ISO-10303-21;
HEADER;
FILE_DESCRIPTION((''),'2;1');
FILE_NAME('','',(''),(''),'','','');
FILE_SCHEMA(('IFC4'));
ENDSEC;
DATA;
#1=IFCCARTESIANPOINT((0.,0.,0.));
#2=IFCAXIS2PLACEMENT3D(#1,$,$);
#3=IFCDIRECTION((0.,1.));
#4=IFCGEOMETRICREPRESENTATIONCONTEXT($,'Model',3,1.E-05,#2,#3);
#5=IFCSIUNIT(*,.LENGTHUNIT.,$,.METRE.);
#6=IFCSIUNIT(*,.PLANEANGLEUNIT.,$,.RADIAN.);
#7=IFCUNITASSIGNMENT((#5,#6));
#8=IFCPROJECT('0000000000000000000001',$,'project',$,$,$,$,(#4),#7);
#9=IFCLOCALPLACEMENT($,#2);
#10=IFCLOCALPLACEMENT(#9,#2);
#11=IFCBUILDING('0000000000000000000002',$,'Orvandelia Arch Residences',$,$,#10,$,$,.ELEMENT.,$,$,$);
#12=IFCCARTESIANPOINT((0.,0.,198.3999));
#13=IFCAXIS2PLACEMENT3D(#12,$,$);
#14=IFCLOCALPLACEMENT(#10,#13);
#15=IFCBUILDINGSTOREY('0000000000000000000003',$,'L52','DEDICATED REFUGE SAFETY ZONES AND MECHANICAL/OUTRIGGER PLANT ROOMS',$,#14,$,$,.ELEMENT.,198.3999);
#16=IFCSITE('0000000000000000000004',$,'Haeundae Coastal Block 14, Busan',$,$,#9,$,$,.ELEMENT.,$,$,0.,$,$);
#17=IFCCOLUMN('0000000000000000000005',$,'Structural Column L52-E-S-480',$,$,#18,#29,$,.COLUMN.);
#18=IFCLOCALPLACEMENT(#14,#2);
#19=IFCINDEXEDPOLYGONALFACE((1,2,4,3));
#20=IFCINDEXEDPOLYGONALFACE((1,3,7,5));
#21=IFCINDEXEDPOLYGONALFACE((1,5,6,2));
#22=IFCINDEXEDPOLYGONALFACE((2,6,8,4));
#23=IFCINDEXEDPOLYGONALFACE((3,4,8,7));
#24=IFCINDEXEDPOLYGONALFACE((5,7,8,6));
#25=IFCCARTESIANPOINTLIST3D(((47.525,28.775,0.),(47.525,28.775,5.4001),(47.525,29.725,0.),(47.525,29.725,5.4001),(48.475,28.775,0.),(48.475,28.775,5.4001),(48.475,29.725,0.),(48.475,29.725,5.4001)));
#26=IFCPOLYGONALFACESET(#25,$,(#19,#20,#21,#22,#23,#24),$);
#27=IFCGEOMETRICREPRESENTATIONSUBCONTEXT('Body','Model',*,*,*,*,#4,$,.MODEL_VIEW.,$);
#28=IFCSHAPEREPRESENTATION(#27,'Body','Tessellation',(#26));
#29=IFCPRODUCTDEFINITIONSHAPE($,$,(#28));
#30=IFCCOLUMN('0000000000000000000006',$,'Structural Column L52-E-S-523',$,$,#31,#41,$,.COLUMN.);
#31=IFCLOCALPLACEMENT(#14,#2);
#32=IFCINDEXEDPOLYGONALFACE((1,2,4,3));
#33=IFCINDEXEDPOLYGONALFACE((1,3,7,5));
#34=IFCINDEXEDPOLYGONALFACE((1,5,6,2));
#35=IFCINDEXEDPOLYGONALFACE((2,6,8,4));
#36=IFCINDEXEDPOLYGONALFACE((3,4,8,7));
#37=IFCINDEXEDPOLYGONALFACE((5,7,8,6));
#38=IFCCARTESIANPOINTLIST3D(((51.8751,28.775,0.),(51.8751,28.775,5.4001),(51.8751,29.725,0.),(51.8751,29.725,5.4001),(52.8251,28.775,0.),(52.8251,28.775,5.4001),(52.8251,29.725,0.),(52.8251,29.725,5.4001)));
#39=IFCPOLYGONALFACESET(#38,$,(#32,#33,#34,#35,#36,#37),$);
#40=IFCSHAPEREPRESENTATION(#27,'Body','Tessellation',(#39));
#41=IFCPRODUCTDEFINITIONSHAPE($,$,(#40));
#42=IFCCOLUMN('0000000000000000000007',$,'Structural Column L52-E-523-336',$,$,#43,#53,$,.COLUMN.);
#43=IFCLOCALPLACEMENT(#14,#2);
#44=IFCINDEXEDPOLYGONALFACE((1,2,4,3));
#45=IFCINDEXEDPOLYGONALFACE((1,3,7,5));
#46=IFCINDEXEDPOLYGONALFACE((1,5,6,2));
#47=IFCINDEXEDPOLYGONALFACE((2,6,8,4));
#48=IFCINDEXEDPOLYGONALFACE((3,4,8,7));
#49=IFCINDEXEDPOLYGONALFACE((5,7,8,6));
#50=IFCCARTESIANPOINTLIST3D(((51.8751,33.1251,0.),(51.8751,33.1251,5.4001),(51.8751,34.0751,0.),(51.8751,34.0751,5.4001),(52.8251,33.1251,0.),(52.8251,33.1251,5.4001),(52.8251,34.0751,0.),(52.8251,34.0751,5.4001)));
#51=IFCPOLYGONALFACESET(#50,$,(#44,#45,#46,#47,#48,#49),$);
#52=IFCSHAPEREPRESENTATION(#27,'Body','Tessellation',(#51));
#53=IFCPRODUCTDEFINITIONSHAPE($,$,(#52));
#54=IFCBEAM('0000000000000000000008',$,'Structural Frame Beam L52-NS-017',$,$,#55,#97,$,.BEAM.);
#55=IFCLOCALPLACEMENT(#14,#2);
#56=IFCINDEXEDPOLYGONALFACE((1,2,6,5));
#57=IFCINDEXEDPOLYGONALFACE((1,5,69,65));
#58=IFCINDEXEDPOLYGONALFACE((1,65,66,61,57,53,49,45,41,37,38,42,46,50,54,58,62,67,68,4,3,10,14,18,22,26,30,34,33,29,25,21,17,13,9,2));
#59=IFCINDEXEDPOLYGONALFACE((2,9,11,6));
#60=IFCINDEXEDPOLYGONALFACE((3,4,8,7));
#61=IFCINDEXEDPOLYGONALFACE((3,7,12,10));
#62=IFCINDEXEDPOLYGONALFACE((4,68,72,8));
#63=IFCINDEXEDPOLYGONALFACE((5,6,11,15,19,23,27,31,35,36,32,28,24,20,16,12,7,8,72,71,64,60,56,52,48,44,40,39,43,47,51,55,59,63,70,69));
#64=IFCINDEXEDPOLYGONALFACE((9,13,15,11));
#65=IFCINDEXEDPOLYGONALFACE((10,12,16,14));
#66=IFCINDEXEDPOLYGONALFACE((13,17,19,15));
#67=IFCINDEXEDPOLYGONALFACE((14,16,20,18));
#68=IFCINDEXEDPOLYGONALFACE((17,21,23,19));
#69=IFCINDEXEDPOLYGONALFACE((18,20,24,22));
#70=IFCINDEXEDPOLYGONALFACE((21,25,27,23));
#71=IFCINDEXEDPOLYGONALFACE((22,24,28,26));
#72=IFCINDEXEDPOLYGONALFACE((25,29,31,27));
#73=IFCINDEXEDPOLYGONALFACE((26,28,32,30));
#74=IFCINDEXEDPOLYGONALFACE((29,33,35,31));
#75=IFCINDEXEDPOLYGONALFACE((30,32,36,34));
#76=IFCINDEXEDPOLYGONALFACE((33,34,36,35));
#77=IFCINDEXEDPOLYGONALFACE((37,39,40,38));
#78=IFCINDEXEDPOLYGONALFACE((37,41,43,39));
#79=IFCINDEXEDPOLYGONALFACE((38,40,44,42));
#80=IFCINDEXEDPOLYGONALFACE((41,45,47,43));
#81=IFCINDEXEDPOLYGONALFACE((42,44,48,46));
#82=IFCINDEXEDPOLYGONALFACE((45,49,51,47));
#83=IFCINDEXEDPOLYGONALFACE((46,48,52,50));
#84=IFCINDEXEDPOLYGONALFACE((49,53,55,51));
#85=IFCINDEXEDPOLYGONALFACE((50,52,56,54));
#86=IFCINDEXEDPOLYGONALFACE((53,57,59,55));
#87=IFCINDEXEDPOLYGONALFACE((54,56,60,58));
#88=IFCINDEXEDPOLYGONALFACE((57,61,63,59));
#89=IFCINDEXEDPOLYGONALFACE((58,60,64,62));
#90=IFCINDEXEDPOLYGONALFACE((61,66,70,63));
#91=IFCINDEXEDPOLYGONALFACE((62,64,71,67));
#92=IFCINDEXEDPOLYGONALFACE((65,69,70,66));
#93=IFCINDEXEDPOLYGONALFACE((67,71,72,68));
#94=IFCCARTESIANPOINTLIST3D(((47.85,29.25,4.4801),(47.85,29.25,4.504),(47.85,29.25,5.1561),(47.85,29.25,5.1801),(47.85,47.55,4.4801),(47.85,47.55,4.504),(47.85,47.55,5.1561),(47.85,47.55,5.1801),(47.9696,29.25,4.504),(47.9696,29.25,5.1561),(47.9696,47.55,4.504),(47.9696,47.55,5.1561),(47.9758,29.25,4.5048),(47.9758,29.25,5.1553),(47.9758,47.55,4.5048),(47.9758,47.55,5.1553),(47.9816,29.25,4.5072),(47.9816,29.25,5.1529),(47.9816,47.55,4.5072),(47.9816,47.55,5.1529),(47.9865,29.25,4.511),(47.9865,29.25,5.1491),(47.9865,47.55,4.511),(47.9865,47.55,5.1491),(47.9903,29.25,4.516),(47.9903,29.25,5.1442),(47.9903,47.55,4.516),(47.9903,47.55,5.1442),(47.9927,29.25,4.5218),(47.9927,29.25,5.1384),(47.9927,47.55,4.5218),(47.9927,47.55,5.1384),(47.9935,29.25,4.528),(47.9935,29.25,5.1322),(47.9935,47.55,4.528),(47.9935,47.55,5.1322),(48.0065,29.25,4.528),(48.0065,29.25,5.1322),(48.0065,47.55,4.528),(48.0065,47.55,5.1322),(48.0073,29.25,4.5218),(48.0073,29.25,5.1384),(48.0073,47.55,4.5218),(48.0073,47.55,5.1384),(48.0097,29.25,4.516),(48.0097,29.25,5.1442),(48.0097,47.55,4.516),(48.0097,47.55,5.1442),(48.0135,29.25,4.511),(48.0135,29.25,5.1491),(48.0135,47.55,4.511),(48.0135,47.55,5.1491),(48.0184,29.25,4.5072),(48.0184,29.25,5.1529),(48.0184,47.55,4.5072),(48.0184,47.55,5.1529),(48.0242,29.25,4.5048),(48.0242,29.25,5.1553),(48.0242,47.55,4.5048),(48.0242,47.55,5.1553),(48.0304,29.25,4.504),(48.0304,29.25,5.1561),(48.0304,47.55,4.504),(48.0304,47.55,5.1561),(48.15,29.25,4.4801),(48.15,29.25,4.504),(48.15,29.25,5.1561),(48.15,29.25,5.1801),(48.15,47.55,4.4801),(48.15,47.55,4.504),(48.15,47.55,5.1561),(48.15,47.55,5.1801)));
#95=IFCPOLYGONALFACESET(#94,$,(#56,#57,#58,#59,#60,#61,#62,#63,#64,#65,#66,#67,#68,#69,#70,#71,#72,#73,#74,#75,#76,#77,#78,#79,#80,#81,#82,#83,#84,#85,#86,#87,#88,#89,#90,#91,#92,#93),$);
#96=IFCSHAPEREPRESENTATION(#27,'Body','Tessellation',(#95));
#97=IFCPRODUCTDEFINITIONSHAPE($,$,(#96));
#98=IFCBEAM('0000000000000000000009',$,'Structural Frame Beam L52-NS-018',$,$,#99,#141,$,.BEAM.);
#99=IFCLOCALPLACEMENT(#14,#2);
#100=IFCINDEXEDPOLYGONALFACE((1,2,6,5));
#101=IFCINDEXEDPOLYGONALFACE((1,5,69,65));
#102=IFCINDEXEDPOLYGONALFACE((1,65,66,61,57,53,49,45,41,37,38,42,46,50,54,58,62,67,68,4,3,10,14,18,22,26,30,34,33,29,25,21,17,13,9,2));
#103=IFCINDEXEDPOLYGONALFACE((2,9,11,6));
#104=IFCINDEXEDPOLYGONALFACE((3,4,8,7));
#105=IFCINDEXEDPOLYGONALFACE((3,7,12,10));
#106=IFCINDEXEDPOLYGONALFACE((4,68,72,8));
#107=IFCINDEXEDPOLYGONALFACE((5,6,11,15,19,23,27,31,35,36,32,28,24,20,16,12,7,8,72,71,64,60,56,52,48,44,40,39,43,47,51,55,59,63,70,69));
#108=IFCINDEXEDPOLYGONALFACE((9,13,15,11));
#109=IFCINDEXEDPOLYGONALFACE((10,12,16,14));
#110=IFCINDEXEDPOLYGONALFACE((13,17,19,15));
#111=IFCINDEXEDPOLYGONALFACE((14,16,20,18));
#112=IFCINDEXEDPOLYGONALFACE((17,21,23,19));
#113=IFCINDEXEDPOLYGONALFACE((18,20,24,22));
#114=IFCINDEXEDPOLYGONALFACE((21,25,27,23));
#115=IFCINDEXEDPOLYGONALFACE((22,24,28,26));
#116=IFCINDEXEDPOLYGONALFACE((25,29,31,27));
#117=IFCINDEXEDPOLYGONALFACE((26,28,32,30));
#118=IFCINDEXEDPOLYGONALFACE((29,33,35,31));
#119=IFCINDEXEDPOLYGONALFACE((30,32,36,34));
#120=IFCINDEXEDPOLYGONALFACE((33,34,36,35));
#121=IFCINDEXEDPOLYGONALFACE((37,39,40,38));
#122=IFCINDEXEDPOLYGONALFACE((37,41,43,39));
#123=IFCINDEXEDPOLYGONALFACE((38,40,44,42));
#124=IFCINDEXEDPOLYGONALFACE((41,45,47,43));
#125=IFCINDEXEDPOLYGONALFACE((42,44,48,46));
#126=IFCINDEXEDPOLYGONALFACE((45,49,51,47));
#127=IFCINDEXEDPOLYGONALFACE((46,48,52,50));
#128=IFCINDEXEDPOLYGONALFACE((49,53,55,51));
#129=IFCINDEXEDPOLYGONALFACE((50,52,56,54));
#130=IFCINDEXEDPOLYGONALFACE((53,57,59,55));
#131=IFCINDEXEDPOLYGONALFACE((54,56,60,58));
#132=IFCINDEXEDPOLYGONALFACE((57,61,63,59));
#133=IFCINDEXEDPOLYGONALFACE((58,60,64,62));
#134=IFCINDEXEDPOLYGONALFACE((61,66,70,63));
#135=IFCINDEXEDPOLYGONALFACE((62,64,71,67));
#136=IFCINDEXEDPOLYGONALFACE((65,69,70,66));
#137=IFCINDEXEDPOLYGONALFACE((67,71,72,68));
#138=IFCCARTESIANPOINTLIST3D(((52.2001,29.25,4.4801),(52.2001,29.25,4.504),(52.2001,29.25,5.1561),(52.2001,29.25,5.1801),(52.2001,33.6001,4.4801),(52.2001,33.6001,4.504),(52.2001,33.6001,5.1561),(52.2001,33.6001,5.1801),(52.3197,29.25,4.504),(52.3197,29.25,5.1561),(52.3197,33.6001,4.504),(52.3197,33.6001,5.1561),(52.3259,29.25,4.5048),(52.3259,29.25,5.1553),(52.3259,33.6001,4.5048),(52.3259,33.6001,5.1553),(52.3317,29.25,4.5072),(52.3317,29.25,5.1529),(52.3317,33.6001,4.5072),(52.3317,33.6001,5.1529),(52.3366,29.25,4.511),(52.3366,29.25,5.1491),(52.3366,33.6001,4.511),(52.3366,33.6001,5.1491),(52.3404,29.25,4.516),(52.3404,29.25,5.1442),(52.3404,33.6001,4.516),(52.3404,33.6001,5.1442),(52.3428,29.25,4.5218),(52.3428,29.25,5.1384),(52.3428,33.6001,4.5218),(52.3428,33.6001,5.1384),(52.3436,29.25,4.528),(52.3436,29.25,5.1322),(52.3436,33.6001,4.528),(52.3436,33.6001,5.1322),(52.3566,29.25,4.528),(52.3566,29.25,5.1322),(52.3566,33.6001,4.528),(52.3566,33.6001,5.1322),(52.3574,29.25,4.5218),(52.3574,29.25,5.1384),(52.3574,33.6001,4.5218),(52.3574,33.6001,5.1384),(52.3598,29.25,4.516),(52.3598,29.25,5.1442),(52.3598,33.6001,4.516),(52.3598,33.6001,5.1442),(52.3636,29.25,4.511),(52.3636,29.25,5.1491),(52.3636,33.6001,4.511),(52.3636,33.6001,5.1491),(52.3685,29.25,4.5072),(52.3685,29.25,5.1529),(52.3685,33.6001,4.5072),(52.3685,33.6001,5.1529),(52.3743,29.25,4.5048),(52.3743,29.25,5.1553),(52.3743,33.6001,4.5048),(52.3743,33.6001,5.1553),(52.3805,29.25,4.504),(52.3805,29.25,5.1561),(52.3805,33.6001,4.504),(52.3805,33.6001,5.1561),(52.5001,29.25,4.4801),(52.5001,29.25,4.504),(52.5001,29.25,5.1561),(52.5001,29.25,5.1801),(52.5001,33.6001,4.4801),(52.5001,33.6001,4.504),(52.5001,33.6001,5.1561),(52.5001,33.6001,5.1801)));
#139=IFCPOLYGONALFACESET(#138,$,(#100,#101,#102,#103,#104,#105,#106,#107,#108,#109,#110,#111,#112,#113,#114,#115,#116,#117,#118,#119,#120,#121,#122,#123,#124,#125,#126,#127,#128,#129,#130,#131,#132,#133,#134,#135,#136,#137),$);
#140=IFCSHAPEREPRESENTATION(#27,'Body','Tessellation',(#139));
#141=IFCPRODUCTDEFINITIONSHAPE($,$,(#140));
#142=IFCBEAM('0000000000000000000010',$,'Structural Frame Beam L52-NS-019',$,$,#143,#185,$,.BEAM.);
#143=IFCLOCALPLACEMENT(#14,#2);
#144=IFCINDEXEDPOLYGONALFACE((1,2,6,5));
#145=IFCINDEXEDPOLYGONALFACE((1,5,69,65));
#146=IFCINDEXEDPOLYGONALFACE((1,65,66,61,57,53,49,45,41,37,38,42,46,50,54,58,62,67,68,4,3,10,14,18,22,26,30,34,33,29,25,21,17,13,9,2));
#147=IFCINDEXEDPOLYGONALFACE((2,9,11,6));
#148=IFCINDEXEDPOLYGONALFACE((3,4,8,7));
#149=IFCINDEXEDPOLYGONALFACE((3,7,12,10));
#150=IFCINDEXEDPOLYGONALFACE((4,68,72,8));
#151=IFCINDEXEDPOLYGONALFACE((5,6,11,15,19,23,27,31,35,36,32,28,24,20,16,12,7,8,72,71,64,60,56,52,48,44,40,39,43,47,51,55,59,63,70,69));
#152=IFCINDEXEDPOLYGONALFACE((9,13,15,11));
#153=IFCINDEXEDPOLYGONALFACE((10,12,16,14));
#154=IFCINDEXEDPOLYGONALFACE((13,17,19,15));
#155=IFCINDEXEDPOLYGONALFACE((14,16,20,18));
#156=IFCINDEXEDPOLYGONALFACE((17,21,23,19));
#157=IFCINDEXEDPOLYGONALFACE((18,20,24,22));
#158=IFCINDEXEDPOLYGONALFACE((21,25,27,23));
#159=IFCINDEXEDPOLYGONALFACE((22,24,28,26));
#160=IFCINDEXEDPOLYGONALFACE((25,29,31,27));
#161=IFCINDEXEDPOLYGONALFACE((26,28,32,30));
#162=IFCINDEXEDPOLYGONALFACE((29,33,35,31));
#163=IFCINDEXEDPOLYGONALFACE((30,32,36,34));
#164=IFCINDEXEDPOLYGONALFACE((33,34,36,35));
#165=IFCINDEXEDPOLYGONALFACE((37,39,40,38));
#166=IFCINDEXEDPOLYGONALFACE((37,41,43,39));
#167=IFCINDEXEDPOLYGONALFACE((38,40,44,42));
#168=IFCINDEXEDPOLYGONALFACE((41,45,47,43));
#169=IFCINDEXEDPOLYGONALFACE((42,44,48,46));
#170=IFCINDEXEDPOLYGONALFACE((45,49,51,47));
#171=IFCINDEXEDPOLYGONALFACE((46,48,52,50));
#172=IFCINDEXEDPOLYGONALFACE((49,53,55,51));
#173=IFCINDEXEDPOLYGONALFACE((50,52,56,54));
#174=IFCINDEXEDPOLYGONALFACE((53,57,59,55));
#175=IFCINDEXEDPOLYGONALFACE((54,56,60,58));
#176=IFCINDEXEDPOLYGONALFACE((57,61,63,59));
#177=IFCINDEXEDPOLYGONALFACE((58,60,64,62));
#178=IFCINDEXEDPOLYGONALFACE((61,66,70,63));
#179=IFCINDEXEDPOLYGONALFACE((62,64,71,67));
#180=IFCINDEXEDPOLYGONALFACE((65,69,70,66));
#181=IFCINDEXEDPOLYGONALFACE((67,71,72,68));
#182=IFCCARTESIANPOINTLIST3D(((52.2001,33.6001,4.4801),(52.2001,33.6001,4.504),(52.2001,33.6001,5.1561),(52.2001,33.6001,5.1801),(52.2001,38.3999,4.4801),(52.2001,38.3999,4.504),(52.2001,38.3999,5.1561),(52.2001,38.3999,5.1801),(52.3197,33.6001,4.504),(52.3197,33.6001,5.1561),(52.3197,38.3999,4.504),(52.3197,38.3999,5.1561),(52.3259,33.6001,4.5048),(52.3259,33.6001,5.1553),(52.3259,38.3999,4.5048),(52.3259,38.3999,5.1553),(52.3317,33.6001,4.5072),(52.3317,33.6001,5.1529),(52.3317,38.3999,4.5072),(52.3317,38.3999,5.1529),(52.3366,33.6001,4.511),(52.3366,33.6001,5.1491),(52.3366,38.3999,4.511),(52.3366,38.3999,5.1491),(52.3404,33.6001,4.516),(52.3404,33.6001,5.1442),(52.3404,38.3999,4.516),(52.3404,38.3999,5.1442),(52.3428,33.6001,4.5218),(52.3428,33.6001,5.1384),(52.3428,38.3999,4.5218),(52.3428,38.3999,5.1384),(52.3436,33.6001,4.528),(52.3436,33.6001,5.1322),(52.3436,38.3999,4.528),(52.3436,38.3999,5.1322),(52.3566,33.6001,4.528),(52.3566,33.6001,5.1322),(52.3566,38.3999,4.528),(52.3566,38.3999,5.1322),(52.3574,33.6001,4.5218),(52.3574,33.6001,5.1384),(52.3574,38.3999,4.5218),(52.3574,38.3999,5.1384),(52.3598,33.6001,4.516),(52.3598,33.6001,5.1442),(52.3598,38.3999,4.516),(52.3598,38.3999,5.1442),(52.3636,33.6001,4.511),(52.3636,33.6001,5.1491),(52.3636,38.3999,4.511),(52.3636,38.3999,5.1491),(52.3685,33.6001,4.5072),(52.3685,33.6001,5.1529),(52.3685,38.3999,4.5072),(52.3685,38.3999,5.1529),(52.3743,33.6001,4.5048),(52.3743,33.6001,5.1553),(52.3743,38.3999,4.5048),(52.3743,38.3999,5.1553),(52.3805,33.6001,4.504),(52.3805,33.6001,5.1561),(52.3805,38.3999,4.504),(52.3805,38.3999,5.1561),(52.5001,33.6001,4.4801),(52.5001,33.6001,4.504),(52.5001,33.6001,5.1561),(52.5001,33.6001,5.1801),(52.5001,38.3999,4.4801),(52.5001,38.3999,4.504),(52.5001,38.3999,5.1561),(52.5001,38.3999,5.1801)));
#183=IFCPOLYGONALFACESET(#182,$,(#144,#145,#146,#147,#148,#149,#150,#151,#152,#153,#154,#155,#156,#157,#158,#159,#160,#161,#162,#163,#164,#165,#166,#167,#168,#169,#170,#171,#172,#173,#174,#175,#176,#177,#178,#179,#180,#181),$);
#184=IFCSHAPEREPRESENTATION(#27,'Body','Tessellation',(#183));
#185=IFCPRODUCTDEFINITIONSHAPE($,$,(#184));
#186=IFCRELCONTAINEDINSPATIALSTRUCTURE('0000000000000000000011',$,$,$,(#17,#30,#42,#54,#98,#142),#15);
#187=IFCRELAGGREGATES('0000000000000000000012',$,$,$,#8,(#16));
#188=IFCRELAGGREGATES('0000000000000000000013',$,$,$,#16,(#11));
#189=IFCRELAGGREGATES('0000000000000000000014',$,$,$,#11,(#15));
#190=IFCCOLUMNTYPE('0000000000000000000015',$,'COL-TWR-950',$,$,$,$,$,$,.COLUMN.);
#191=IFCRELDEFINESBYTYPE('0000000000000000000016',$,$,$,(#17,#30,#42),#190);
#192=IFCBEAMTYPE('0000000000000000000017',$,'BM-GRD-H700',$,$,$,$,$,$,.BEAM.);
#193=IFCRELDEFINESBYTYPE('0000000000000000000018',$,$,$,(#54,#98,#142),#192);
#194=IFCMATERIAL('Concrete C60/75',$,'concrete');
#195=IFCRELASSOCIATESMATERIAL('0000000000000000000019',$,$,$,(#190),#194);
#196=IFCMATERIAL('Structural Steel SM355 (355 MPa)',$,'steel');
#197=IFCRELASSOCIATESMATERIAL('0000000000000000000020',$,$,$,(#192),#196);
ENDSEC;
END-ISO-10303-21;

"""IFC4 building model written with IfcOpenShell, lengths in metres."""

from ifc_helpers import new_model, si_unit, direction, frame, origin, origin_2d, place, context, subcontext, project, spatial, rectangle, i_section, extrude, material, material_profile, profile_set, type_object, element, save


model = new_model("IFC4")

# Units and contexts
model_context = context("Model", 3, precision=1e-05, world=origin(), true_north=direction((0.0, 1.0)))
body_context = subcontext(model_context, "Body", "Model", "MODEL_VIEW")
ifc_project = project(units=[si_unit("LENGTHUNIT", "METRE"), si_unit("PLANEANGLEUNIT", "RADIAN")], contexts=[model_context])

# Site, building, storey
site_placement = place(None, origin())
site = spatial("IfcSite", under=ifc_project, at=site_placement, Name="Haeundae Coastal Block 14, Busan", CompositionType="ELEMENT", RefElevation=0.0)
building_placement = place(site_placement, origin())
building = spatial("IfcBuilding", under=site, at=building_placement, Name="Orvandelia Arch Residences", CompositionType="ELEMENT")
storey_placement = place(building_placement, frame((0.0, 0.0, 198.3999)))
storey = spatial("IfcBuildingStorey", under=building, at=storey_placement, Name="L52", Description="DEDICATED REFUGE SAFETY ZONES AND MECHANICAL/OUTRIGGER PLANT ROOMS", CompositionType="ELEMENT", Elevation=198.3999)

# Columns
ifc_material_1 = material(Name="Concrete C60/75", Category="concrete")
ifc_material_profile_1 = material_profile(ifc_material_1, rectangle(XDim=0.95, YDim=0.95, at=origin_2d()), Name="Concrete C60/75", Category="concrete")
ifc_profile_set_1 = profile_set([ifc_material_profile_1], Name="Concrete C60/75")
column_type = type_object("IfcColumnType", Name="COL-TWR-950", PredefinedType="COLUMN", material=ifc_profile_set_1)
for number, where, z_axis, x_axis, name in (
    (1, (48.0, 29.25, 0.0), (0.0, 0.0, 1.0), (1.0, 0.0, 0.0), "Structural Column L52-E-S-480"),
    (2, (52.3501, 29.25, 0.0), (0.0, 0.0, 1.0), (1.0, 0.0, 0.0), "Structural Column L52-E-S-523"),
    (3, (52.3501, 33.6001, 0.0), (0.0, 0.0, 1.0), (1.0, 0.0, 0.0), "Structural Column L52-E-523-336"),
):
    element("IfcColumn", number, at=place(storey_placement, frame(where, z_axis=z_axis, x_axis=x_axis)), inside=storey, type_object=column_type, Name=name, PredefinedType="COLUMN", context=body_context, shape_type="SweptSolid", body=[
        extrude(rectangle(XDim=0.95, YDim=0.95, at=origin_2d()), origin(), (0.0, 0.0, 1.0), 5.4001),
    ])

# Beams
ifc_material_2 = material(Name="Structural Steel SM355 (355 MPa)", Category="steel")
ifc_material_profile_2 = material_profile(ifc_material_2, i_section(OverallWidth=0.3, OverallDepth=0.7, WebThickness=0.0129, FlangeThickness=0.0239, FilletRadius=0.0239, at=origin_2d()), Name="Structural Steel SM355 (355 MPa)", Category="steel")
ifc_profile_set_2 = profile_set([ifc_material_profile_2], Name="Structural Steel SM355 (355 MPa)")
beam_type = type_object("IfcBeamType", Name="BM-GRD-H700", PredefinedType="BEAM", material=ifc_profile_set_2)
beam_1_placement = place(storey_placement, frame((48.0, 29.25, 4.8301), z_axis=(0.0, 1.0, 0.0), x_axis=(-1.0, 0.0, 0.0)))
element("IfcBeam", 4, at=beam_1_placement, inside=storey, type_object=beam_type, Name="Structural Frame Beam L52-NS-017", PredefinedType="BEAM", context=body_context, shape_type="SweptSolid", body=[
    extrude(i_section(OverallWidth=0.3, OverallDepth=0.7, WebThickness=0.0129, FlangeThickness=0.0239, FilletRadius=0.0239, at=origin_2d()), origin(), (0.0, 0.0, 1.0), 18.3),
])
beam_2_placement = place(storey_placement, frame((52.3501, 29.25, 4.8301), z_axis=(0.0, 1.0, 0.0), x_axis=(-1.0, 0.0, 0.0)))
element("IfcBeam", 5, at=beam_2_placement, inside=storey, type_object=beam_type, Name="Structural Frame Beam L52-NS-018", PredefinedType="BEAM", context=body_context, shape_type="SweptSolid", body=[
    extrude(i_section(OverallWidth=0.3, OverallDepth=0.7, WebThickness=0.0129, FlangeThickness=0.0239, FilletRadius=0.0239, at=origin_2d()), origin(), (0.0, 0.0, 1.0), 4.3501),
])
beam_3_placement = place(storey_placement, frame((52.3501, 33.6001, 4.8301), z_axis=(0.0, 1.0, 0.0), x_axis=(-1.0, 0.0, 0.0)))
element("IfcBeam", 6, at=beam_3_placement, inside=storey, type_object=beam_type, Name="Structural Frame Beam L52-NS-019", PredefinedType="BEAM", context=body_context, shape_type="SweptSolid", body=[
    extrude(i_section(OverallWidth=0.3, OverallDepth=0.7, WebThickness=0.0129, FlangeThickness=0.0239, FilletRadius=0.0239, at=origin_2d()), origin(), (0.0, 0.0, 1.0), 4.7998),
])

save(model, "model.ifc")
